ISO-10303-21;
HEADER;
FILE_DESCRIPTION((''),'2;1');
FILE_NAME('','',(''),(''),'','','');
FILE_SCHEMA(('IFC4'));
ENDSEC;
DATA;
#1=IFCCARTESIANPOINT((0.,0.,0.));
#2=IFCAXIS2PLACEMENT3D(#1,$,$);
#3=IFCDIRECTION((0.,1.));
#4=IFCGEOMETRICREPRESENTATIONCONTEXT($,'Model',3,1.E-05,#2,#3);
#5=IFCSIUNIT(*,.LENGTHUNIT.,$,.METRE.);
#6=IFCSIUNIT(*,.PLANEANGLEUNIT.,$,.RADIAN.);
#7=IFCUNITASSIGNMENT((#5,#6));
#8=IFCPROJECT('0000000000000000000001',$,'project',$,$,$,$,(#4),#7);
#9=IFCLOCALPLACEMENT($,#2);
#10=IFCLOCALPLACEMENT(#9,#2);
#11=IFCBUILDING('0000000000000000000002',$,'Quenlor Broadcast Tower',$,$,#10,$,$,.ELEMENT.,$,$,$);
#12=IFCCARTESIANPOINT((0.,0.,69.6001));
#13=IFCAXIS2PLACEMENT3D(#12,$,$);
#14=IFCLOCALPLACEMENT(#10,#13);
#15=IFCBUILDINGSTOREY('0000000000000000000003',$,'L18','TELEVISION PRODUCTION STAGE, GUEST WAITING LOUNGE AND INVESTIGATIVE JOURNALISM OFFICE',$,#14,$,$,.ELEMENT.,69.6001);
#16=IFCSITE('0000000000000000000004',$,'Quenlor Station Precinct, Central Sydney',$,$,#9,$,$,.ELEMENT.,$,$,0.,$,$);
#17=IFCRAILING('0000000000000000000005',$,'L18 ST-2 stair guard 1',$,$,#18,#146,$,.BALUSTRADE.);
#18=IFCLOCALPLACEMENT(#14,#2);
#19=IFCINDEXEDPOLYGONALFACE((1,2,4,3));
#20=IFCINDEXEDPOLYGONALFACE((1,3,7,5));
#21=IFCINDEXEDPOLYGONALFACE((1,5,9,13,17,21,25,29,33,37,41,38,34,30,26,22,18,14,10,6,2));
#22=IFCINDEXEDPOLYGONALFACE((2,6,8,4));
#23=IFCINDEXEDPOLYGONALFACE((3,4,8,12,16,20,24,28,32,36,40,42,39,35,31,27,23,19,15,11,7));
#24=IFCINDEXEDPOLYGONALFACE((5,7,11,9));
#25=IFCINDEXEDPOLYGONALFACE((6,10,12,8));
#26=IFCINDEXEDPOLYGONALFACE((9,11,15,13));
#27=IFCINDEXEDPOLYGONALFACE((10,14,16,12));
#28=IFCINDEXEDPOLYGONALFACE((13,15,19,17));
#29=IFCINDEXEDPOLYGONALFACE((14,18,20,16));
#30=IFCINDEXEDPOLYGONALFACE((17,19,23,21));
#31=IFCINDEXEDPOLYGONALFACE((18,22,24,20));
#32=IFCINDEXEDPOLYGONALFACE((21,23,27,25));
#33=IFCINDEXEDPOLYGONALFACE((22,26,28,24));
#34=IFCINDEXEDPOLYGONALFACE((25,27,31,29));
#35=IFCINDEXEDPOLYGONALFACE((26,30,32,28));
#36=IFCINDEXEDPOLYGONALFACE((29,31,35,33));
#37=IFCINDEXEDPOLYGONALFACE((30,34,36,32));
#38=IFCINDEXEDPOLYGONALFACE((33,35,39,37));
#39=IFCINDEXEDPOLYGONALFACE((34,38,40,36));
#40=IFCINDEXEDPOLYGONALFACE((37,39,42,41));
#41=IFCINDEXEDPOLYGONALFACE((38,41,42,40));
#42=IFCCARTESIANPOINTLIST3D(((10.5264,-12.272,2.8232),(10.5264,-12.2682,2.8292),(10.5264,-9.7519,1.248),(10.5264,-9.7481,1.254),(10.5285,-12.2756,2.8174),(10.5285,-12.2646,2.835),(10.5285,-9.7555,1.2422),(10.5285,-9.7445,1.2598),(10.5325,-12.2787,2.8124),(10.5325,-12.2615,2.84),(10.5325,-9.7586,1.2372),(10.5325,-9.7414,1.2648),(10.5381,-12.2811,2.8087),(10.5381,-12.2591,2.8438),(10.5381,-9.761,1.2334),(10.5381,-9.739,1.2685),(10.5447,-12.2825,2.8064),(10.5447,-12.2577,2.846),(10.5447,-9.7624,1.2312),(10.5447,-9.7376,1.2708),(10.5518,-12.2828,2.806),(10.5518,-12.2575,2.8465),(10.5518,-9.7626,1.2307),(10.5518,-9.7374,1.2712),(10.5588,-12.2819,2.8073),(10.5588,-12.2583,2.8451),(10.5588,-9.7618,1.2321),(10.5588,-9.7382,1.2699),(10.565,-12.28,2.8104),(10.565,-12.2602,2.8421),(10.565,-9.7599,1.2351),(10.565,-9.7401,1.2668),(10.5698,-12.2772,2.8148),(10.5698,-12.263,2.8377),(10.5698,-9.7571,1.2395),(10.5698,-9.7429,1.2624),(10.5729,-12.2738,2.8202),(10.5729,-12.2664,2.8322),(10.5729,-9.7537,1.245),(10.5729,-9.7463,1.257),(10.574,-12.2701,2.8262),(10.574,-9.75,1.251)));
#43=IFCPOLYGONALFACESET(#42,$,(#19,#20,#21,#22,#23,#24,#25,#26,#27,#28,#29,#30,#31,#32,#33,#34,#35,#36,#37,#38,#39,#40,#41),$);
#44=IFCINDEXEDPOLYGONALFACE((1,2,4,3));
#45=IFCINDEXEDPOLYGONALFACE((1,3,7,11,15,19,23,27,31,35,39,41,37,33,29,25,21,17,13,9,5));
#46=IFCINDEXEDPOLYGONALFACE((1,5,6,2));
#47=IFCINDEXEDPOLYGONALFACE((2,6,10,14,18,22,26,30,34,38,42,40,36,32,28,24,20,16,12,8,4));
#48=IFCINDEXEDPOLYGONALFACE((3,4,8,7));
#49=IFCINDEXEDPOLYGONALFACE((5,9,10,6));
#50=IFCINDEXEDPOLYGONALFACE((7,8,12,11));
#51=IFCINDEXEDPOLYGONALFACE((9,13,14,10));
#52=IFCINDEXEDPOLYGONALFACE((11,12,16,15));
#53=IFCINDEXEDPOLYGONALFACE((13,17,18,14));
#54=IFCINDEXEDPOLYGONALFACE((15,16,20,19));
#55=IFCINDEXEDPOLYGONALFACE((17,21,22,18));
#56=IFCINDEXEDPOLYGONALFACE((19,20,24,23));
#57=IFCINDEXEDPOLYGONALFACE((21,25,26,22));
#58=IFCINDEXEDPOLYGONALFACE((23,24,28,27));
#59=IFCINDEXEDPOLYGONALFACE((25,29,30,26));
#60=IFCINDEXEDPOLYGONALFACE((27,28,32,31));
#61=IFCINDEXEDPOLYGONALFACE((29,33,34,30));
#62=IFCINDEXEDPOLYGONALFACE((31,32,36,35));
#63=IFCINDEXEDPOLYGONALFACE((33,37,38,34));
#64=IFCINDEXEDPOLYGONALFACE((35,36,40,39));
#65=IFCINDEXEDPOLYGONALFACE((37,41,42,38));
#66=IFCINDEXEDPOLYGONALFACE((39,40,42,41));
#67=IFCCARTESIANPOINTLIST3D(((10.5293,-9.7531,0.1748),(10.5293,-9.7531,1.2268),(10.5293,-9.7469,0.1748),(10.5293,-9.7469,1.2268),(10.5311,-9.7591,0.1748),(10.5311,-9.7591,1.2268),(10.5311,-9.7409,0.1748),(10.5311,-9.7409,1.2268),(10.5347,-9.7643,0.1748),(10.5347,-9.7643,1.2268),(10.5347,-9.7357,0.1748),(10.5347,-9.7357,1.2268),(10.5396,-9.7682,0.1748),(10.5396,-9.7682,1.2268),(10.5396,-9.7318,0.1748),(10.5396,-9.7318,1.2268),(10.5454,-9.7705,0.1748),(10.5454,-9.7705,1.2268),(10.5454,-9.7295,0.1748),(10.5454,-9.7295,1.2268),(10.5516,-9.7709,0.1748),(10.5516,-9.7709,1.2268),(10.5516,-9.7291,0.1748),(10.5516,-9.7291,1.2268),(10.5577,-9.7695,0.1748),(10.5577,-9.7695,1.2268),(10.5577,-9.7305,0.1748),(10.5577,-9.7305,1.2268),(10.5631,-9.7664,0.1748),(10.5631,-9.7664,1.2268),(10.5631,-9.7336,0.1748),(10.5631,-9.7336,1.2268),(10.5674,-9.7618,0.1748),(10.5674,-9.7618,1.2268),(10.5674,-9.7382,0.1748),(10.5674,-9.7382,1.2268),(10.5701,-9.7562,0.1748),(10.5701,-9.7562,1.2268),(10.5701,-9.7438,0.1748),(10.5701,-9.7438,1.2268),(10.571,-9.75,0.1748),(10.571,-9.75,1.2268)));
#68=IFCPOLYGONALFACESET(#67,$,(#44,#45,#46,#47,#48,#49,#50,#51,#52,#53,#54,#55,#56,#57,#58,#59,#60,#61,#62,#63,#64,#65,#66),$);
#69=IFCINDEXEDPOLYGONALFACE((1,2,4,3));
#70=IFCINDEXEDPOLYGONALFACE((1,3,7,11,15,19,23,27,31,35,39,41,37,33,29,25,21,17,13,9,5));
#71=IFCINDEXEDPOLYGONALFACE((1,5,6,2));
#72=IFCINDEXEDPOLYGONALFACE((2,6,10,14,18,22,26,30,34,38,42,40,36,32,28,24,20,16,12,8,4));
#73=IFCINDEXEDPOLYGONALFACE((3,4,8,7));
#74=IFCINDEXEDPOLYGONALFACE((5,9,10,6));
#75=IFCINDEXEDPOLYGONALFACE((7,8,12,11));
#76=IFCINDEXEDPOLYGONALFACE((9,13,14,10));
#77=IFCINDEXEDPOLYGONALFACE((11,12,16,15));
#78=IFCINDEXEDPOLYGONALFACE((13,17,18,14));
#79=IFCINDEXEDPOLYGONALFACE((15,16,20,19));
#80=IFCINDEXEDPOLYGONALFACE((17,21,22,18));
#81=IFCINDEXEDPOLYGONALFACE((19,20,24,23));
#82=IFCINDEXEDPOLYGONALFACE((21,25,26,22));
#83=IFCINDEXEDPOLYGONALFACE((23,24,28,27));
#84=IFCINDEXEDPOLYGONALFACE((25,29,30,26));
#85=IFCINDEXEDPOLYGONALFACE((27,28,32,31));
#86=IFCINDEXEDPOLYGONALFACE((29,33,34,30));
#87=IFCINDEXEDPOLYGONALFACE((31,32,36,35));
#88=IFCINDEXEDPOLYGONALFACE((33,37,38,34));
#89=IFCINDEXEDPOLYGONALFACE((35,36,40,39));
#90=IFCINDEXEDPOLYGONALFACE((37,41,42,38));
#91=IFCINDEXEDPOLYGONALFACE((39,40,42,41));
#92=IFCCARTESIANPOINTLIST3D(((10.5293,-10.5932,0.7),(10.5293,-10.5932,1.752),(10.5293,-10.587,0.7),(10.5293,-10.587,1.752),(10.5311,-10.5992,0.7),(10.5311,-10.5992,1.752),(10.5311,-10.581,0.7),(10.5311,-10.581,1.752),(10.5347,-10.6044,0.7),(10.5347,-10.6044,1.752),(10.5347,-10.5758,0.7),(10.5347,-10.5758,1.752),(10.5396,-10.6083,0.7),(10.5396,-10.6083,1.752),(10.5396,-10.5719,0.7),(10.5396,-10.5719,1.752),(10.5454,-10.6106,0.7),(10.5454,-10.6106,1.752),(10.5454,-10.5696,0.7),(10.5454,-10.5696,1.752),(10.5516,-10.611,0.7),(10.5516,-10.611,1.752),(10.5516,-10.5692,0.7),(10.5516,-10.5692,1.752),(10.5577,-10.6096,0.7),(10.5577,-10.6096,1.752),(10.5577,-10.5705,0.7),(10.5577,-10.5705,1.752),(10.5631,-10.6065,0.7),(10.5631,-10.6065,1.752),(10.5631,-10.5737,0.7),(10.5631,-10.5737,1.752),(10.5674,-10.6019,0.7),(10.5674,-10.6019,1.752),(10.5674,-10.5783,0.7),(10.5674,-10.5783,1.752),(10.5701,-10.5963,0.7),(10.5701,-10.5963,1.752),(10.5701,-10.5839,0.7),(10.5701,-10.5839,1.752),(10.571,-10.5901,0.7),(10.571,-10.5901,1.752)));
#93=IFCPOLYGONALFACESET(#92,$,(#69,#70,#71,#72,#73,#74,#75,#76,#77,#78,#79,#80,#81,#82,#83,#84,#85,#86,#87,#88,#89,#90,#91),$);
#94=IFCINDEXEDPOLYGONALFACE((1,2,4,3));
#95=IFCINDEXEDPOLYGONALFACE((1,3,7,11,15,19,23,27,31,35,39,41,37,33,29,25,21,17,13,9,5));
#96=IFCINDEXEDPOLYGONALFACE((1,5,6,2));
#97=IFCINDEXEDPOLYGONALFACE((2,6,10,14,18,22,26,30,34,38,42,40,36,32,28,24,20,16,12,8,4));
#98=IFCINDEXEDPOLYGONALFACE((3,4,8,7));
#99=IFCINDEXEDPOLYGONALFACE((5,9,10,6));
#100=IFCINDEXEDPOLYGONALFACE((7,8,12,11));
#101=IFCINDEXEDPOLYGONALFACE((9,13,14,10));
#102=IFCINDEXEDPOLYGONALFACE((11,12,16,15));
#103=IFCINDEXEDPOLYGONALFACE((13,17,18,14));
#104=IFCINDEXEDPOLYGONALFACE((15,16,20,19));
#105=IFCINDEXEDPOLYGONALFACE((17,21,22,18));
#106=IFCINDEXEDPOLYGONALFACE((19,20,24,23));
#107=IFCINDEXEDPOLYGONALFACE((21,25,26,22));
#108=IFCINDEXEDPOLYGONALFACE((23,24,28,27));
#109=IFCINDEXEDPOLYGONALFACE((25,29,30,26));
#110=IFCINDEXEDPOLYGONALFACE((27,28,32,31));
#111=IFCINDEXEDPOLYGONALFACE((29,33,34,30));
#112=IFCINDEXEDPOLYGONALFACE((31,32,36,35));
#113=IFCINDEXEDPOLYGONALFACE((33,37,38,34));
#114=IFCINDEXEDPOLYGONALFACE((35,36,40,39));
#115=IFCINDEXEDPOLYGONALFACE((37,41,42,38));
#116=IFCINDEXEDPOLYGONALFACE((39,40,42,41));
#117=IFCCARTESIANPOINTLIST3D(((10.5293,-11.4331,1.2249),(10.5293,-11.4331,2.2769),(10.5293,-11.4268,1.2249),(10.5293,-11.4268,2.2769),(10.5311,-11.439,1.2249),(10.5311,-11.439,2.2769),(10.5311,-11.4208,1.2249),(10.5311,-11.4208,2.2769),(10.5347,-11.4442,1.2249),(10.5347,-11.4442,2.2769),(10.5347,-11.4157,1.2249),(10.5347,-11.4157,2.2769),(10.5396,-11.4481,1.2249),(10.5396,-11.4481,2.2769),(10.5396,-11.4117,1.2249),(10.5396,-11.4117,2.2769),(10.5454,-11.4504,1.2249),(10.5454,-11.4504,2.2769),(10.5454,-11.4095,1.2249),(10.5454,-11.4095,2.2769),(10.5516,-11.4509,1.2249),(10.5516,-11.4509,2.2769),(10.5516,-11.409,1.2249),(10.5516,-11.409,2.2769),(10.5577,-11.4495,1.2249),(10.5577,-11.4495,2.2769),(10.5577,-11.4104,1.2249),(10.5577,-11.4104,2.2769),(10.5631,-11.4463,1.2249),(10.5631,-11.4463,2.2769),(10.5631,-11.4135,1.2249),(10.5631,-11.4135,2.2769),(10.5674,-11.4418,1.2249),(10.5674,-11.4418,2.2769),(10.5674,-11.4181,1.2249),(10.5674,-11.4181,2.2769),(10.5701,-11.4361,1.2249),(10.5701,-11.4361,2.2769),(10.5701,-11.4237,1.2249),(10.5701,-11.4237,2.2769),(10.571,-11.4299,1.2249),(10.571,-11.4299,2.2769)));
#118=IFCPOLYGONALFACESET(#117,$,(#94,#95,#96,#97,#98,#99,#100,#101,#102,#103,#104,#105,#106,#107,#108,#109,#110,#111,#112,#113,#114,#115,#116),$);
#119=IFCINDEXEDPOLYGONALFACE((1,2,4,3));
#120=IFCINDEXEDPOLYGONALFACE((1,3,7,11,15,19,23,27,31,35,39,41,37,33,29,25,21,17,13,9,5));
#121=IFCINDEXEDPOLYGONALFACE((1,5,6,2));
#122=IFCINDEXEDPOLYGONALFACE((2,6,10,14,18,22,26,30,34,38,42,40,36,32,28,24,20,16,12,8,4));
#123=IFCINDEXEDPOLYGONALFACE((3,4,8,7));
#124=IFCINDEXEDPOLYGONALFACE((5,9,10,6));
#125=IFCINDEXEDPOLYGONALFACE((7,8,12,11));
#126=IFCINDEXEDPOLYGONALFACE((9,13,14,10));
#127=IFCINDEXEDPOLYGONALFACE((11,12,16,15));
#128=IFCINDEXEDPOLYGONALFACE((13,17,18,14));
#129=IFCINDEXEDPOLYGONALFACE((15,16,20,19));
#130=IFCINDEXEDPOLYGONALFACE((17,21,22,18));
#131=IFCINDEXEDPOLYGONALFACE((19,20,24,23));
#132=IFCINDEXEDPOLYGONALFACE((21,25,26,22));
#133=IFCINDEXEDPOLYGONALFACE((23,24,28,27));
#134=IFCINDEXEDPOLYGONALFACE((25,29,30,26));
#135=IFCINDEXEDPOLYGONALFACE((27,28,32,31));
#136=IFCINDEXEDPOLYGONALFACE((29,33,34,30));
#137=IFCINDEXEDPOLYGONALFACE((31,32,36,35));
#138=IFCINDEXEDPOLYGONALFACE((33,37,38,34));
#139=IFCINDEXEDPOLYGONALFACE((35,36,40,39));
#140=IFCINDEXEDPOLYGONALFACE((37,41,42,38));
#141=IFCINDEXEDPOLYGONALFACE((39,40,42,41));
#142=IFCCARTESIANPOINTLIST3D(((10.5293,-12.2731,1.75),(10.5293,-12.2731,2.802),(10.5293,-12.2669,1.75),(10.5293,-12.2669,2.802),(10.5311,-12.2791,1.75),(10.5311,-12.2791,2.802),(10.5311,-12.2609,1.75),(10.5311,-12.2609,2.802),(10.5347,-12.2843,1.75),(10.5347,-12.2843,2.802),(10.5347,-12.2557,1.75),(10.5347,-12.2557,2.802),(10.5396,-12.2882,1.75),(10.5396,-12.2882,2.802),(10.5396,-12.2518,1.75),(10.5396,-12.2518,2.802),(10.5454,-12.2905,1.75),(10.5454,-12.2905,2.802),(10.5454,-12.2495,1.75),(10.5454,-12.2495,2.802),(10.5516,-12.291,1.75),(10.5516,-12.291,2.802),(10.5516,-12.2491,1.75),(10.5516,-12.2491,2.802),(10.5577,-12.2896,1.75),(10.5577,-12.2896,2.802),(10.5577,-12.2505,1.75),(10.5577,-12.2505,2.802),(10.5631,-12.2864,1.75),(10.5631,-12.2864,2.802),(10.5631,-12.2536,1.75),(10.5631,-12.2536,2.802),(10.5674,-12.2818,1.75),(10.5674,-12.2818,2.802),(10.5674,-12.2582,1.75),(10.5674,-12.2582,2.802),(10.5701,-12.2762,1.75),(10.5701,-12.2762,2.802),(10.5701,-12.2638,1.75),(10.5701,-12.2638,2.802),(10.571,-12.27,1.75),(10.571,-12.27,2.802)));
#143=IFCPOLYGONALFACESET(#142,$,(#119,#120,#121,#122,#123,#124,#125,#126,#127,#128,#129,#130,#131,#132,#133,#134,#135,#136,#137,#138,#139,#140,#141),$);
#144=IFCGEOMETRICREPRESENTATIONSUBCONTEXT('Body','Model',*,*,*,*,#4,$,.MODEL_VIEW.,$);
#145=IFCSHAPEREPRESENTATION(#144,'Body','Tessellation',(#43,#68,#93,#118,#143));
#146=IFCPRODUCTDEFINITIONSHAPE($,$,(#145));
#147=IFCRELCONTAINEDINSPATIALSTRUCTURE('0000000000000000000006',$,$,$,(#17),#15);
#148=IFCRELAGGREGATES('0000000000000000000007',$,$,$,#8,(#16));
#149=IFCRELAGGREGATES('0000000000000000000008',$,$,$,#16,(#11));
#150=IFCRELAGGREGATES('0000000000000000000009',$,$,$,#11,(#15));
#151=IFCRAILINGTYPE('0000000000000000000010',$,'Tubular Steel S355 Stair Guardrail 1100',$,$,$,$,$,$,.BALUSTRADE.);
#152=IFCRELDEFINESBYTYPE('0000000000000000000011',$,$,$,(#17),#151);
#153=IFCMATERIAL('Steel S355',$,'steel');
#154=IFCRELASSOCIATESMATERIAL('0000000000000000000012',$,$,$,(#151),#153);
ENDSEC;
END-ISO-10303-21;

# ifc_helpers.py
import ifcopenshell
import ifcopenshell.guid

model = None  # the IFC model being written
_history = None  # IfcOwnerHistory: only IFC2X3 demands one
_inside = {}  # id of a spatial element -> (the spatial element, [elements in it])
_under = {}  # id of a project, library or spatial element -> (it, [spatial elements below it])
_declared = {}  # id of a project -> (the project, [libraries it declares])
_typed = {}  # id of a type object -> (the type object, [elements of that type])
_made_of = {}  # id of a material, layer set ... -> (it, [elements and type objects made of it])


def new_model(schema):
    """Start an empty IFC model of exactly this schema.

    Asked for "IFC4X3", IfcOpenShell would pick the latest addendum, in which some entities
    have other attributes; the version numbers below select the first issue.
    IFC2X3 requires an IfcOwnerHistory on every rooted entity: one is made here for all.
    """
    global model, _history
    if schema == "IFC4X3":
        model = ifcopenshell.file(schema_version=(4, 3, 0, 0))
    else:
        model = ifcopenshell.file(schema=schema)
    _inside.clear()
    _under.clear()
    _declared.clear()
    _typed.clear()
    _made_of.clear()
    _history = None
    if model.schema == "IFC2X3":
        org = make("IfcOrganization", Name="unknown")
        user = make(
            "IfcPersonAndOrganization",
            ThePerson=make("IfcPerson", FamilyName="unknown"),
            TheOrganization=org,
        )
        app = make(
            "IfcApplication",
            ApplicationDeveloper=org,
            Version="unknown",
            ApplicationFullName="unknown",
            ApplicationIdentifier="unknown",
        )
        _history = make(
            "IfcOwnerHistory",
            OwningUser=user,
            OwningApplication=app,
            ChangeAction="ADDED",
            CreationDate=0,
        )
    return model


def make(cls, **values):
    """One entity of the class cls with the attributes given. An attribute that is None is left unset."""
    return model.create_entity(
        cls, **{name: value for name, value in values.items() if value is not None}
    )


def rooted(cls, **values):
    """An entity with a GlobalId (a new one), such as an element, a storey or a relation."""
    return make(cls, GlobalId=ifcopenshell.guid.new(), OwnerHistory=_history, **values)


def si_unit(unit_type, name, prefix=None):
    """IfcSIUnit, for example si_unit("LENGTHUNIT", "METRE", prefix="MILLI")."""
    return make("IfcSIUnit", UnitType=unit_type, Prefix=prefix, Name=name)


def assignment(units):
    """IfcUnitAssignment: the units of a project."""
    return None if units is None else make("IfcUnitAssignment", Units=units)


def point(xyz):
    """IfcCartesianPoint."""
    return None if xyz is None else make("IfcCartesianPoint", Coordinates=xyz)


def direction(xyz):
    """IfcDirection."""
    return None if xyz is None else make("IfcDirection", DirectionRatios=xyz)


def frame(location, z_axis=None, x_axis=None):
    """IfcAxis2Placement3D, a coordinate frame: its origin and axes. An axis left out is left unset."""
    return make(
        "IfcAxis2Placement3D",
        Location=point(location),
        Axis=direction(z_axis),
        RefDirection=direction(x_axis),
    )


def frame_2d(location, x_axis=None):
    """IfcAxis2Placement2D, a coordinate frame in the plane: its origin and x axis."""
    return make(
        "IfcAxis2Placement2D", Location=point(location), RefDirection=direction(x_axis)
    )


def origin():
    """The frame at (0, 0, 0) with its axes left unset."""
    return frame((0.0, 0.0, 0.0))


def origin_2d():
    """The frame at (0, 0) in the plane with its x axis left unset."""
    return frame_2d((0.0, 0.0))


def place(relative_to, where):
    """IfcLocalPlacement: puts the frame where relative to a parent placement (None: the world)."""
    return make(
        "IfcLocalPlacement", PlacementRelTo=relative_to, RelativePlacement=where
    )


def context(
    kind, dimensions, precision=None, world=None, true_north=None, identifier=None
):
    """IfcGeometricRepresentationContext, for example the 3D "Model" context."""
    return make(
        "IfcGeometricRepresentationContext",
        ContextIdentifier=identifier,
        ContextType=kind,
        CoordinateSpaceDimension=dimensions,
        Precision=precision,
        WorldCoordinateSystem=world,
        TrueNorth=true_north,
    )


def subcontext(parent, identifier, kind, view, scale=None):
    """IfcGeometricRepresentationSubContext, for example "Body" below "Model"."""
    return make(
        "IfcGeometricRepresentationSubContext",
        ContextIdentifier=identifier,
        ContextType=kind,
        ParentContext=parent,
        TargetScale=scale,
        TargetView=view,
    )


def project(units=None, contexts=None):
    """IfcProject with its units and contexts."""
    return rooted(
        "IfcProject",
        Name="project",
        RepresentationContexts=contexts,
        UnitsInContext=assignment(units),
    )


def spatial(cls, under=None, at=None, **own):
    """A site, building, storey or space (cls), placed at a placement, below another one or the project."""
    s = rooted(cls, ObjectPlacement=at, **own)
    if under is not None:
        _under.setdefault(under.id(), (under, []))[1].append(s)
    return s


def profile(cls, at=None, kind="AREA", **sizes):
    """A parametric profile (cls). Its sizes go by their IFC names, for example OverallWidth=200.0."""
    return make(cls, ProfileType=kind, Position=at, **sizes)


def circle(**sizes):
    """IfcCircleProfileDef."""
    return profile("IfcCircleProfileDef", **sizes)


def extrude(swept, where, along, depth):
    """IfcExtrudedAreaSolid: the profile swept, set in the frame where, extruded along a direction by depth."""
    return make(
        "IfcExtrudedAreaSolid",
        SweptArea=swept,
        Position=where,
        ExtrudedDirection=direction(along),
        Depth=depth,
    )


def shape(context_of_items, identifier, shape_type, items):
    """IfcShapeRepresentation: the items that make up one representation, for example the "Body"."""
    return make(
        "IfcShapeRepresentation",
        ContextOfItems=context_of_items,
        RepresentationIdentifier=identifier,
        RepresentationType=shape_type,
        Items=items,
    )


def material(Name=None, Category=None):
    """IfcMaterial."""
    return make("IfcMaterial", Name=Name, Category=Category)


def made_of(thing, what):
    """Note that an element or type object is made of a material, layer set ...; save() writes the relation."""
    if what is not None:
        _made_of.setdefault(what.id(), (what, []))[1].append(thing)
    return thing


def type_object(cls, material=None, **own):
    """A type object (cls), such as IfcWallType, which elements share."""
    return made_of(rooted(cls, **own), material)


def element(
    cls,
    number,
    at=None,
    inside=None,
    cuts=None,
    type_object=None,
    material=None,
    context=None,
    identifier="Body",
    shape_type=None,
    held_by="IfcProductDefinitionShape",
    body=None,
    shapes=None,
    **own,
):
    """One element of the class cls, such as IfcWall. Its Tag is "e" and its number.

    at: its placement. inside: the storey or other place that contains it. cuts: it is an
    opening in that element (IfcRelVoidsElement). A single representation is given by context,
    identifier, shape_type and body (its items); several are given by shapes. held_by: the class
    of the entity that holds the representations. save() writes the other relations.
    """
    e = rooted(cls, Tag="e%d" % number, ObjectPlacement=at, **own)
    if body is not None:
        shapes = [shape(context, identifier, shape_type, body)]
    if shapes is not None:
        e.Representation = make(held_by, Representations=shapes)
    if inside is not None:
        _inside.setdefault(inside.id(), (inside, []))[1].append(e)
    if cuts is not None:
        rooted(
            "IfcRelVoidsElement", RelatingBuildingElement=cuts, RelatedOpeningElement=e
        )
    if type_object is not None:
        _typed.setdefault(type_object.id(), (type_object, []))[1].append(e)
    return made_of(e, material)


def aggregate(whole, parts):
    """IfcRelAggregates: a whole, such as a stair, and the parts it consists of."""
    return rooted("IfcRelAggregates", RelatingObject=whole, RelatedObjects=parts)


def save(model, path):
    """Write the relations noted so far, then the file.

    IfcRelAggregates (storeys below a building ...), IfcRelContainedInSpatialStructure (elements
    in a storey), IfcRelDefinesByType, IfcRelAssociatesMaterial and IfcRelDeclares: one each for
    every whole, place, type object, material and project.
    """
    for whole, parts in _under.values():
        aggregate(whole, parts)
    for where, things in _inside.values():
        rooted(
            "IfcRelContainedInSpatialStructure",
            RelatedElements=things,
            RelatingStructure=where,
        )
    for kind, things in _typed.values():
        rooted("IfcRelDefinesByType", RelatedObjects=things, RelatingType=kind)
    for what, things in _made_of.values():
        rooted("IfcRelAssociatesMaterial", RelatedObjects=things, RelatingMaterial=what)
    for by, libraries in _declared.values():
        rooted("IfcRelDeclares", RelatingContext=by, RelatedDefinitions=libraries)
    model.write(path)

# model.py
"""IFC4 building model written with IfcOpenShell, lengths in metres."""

from ifc_helpers import new_model, si_unit, direction, frame, origin, origin_2d, place, context, subcontext, project, spatial, circle, extrude, material, type_object, element, save


model = new_model("IFC4")

# Units and contexts
model_context = context("Model", 3, precision=1e-05, world=origin(), true_north=direction((0.0, 1.0)))
body_context = subcontext(model_context, "Body", "Model", "MODEL_VIEW")
ifc_project = project(units=[si_unit("LENGTHUNIT", "METRE"), si_unit("PLANEANGLEUNIT", "RADIAN")], contexts=[model_context])

# Site, building, storey
site_placement = place(None, origin())
site = spatial("IfcSite", under=ifc_project, at=site_placement, Name="Quenlor Station Precinct, Central Sydney", CompositionType="ELEMENT", RefElevation=0.0)
building_placement = place(site_placement, origin())
building = spatial("IfcBuilding", under=site, at=building_placement, Name="Quenlor Broadcast Tower", CompositionType="ELEMENT")
storey_placement = place(building_placement, frame((0.0, 0.0, 69.6001)))
storey = spatial("IfcBuildingStorey", under=building, at=storey_placement, Name="L18", Description="TELEVISION PRODUCTION STAGE, GUEST WAITING LOUNGE AND INVESTIGATIVE JOURNALISM OFFICE", CompositionType="ELEMENT", Elevation=69.6001)

# Railing
ifc_material_1 = material(Name="Steel S355", Category="steel")
railing_type_1 = type_object("IfcRailingType", Name="Tubular Steel S355 Stair Guardrail 1100", PredefinedType="BALUSTRADE", material=ifc_material_1)
railing_1_placement = place(storey_placement, frame((10.55, -9.75, 0.1748)))
element("IfcRailing", 1, at=railing_1_placement, inside=storey, type_object=railing_type_1, Name="L18 ST-2 stair guard 1", PredefinedType="BALUSTRADE", context=body_context, shape_type="SweptSolid", body=[
    extrude(circle(Radius=0.0239, at=origin_2d()), frame((0.0, 0.0, 1.0762), z_axis=(0.0, -0.847971, 0.530043), x_axis=(1.0, 0.0, 0.0)), (0.0, 0.0, 1.0), 2.9719),
    extrude(circle(Radius=0.021, at=origin_2d()), origin(), (0.0, 0.0, 1.0), 1.052),
    extrude(circle(Radius=0.021, at=origin_2d()), frame((0.0, -0.8401, 0.5251)), (0.0, 0.0, 1.0), 1.052),
    extrude(circle(Radius=0.021, at=origin_2d()), frame((0.0, -1.6799, 1.05)), (0.0, 0.0, 1.0), 1.052),
    extrude(circle(Radius=0.021, at=origin_2d()), frame((0.0, -2.52, 1.5752)), (0.0, 0.0, 1.0), 1.052),
])

save(model, "model.ifc")
